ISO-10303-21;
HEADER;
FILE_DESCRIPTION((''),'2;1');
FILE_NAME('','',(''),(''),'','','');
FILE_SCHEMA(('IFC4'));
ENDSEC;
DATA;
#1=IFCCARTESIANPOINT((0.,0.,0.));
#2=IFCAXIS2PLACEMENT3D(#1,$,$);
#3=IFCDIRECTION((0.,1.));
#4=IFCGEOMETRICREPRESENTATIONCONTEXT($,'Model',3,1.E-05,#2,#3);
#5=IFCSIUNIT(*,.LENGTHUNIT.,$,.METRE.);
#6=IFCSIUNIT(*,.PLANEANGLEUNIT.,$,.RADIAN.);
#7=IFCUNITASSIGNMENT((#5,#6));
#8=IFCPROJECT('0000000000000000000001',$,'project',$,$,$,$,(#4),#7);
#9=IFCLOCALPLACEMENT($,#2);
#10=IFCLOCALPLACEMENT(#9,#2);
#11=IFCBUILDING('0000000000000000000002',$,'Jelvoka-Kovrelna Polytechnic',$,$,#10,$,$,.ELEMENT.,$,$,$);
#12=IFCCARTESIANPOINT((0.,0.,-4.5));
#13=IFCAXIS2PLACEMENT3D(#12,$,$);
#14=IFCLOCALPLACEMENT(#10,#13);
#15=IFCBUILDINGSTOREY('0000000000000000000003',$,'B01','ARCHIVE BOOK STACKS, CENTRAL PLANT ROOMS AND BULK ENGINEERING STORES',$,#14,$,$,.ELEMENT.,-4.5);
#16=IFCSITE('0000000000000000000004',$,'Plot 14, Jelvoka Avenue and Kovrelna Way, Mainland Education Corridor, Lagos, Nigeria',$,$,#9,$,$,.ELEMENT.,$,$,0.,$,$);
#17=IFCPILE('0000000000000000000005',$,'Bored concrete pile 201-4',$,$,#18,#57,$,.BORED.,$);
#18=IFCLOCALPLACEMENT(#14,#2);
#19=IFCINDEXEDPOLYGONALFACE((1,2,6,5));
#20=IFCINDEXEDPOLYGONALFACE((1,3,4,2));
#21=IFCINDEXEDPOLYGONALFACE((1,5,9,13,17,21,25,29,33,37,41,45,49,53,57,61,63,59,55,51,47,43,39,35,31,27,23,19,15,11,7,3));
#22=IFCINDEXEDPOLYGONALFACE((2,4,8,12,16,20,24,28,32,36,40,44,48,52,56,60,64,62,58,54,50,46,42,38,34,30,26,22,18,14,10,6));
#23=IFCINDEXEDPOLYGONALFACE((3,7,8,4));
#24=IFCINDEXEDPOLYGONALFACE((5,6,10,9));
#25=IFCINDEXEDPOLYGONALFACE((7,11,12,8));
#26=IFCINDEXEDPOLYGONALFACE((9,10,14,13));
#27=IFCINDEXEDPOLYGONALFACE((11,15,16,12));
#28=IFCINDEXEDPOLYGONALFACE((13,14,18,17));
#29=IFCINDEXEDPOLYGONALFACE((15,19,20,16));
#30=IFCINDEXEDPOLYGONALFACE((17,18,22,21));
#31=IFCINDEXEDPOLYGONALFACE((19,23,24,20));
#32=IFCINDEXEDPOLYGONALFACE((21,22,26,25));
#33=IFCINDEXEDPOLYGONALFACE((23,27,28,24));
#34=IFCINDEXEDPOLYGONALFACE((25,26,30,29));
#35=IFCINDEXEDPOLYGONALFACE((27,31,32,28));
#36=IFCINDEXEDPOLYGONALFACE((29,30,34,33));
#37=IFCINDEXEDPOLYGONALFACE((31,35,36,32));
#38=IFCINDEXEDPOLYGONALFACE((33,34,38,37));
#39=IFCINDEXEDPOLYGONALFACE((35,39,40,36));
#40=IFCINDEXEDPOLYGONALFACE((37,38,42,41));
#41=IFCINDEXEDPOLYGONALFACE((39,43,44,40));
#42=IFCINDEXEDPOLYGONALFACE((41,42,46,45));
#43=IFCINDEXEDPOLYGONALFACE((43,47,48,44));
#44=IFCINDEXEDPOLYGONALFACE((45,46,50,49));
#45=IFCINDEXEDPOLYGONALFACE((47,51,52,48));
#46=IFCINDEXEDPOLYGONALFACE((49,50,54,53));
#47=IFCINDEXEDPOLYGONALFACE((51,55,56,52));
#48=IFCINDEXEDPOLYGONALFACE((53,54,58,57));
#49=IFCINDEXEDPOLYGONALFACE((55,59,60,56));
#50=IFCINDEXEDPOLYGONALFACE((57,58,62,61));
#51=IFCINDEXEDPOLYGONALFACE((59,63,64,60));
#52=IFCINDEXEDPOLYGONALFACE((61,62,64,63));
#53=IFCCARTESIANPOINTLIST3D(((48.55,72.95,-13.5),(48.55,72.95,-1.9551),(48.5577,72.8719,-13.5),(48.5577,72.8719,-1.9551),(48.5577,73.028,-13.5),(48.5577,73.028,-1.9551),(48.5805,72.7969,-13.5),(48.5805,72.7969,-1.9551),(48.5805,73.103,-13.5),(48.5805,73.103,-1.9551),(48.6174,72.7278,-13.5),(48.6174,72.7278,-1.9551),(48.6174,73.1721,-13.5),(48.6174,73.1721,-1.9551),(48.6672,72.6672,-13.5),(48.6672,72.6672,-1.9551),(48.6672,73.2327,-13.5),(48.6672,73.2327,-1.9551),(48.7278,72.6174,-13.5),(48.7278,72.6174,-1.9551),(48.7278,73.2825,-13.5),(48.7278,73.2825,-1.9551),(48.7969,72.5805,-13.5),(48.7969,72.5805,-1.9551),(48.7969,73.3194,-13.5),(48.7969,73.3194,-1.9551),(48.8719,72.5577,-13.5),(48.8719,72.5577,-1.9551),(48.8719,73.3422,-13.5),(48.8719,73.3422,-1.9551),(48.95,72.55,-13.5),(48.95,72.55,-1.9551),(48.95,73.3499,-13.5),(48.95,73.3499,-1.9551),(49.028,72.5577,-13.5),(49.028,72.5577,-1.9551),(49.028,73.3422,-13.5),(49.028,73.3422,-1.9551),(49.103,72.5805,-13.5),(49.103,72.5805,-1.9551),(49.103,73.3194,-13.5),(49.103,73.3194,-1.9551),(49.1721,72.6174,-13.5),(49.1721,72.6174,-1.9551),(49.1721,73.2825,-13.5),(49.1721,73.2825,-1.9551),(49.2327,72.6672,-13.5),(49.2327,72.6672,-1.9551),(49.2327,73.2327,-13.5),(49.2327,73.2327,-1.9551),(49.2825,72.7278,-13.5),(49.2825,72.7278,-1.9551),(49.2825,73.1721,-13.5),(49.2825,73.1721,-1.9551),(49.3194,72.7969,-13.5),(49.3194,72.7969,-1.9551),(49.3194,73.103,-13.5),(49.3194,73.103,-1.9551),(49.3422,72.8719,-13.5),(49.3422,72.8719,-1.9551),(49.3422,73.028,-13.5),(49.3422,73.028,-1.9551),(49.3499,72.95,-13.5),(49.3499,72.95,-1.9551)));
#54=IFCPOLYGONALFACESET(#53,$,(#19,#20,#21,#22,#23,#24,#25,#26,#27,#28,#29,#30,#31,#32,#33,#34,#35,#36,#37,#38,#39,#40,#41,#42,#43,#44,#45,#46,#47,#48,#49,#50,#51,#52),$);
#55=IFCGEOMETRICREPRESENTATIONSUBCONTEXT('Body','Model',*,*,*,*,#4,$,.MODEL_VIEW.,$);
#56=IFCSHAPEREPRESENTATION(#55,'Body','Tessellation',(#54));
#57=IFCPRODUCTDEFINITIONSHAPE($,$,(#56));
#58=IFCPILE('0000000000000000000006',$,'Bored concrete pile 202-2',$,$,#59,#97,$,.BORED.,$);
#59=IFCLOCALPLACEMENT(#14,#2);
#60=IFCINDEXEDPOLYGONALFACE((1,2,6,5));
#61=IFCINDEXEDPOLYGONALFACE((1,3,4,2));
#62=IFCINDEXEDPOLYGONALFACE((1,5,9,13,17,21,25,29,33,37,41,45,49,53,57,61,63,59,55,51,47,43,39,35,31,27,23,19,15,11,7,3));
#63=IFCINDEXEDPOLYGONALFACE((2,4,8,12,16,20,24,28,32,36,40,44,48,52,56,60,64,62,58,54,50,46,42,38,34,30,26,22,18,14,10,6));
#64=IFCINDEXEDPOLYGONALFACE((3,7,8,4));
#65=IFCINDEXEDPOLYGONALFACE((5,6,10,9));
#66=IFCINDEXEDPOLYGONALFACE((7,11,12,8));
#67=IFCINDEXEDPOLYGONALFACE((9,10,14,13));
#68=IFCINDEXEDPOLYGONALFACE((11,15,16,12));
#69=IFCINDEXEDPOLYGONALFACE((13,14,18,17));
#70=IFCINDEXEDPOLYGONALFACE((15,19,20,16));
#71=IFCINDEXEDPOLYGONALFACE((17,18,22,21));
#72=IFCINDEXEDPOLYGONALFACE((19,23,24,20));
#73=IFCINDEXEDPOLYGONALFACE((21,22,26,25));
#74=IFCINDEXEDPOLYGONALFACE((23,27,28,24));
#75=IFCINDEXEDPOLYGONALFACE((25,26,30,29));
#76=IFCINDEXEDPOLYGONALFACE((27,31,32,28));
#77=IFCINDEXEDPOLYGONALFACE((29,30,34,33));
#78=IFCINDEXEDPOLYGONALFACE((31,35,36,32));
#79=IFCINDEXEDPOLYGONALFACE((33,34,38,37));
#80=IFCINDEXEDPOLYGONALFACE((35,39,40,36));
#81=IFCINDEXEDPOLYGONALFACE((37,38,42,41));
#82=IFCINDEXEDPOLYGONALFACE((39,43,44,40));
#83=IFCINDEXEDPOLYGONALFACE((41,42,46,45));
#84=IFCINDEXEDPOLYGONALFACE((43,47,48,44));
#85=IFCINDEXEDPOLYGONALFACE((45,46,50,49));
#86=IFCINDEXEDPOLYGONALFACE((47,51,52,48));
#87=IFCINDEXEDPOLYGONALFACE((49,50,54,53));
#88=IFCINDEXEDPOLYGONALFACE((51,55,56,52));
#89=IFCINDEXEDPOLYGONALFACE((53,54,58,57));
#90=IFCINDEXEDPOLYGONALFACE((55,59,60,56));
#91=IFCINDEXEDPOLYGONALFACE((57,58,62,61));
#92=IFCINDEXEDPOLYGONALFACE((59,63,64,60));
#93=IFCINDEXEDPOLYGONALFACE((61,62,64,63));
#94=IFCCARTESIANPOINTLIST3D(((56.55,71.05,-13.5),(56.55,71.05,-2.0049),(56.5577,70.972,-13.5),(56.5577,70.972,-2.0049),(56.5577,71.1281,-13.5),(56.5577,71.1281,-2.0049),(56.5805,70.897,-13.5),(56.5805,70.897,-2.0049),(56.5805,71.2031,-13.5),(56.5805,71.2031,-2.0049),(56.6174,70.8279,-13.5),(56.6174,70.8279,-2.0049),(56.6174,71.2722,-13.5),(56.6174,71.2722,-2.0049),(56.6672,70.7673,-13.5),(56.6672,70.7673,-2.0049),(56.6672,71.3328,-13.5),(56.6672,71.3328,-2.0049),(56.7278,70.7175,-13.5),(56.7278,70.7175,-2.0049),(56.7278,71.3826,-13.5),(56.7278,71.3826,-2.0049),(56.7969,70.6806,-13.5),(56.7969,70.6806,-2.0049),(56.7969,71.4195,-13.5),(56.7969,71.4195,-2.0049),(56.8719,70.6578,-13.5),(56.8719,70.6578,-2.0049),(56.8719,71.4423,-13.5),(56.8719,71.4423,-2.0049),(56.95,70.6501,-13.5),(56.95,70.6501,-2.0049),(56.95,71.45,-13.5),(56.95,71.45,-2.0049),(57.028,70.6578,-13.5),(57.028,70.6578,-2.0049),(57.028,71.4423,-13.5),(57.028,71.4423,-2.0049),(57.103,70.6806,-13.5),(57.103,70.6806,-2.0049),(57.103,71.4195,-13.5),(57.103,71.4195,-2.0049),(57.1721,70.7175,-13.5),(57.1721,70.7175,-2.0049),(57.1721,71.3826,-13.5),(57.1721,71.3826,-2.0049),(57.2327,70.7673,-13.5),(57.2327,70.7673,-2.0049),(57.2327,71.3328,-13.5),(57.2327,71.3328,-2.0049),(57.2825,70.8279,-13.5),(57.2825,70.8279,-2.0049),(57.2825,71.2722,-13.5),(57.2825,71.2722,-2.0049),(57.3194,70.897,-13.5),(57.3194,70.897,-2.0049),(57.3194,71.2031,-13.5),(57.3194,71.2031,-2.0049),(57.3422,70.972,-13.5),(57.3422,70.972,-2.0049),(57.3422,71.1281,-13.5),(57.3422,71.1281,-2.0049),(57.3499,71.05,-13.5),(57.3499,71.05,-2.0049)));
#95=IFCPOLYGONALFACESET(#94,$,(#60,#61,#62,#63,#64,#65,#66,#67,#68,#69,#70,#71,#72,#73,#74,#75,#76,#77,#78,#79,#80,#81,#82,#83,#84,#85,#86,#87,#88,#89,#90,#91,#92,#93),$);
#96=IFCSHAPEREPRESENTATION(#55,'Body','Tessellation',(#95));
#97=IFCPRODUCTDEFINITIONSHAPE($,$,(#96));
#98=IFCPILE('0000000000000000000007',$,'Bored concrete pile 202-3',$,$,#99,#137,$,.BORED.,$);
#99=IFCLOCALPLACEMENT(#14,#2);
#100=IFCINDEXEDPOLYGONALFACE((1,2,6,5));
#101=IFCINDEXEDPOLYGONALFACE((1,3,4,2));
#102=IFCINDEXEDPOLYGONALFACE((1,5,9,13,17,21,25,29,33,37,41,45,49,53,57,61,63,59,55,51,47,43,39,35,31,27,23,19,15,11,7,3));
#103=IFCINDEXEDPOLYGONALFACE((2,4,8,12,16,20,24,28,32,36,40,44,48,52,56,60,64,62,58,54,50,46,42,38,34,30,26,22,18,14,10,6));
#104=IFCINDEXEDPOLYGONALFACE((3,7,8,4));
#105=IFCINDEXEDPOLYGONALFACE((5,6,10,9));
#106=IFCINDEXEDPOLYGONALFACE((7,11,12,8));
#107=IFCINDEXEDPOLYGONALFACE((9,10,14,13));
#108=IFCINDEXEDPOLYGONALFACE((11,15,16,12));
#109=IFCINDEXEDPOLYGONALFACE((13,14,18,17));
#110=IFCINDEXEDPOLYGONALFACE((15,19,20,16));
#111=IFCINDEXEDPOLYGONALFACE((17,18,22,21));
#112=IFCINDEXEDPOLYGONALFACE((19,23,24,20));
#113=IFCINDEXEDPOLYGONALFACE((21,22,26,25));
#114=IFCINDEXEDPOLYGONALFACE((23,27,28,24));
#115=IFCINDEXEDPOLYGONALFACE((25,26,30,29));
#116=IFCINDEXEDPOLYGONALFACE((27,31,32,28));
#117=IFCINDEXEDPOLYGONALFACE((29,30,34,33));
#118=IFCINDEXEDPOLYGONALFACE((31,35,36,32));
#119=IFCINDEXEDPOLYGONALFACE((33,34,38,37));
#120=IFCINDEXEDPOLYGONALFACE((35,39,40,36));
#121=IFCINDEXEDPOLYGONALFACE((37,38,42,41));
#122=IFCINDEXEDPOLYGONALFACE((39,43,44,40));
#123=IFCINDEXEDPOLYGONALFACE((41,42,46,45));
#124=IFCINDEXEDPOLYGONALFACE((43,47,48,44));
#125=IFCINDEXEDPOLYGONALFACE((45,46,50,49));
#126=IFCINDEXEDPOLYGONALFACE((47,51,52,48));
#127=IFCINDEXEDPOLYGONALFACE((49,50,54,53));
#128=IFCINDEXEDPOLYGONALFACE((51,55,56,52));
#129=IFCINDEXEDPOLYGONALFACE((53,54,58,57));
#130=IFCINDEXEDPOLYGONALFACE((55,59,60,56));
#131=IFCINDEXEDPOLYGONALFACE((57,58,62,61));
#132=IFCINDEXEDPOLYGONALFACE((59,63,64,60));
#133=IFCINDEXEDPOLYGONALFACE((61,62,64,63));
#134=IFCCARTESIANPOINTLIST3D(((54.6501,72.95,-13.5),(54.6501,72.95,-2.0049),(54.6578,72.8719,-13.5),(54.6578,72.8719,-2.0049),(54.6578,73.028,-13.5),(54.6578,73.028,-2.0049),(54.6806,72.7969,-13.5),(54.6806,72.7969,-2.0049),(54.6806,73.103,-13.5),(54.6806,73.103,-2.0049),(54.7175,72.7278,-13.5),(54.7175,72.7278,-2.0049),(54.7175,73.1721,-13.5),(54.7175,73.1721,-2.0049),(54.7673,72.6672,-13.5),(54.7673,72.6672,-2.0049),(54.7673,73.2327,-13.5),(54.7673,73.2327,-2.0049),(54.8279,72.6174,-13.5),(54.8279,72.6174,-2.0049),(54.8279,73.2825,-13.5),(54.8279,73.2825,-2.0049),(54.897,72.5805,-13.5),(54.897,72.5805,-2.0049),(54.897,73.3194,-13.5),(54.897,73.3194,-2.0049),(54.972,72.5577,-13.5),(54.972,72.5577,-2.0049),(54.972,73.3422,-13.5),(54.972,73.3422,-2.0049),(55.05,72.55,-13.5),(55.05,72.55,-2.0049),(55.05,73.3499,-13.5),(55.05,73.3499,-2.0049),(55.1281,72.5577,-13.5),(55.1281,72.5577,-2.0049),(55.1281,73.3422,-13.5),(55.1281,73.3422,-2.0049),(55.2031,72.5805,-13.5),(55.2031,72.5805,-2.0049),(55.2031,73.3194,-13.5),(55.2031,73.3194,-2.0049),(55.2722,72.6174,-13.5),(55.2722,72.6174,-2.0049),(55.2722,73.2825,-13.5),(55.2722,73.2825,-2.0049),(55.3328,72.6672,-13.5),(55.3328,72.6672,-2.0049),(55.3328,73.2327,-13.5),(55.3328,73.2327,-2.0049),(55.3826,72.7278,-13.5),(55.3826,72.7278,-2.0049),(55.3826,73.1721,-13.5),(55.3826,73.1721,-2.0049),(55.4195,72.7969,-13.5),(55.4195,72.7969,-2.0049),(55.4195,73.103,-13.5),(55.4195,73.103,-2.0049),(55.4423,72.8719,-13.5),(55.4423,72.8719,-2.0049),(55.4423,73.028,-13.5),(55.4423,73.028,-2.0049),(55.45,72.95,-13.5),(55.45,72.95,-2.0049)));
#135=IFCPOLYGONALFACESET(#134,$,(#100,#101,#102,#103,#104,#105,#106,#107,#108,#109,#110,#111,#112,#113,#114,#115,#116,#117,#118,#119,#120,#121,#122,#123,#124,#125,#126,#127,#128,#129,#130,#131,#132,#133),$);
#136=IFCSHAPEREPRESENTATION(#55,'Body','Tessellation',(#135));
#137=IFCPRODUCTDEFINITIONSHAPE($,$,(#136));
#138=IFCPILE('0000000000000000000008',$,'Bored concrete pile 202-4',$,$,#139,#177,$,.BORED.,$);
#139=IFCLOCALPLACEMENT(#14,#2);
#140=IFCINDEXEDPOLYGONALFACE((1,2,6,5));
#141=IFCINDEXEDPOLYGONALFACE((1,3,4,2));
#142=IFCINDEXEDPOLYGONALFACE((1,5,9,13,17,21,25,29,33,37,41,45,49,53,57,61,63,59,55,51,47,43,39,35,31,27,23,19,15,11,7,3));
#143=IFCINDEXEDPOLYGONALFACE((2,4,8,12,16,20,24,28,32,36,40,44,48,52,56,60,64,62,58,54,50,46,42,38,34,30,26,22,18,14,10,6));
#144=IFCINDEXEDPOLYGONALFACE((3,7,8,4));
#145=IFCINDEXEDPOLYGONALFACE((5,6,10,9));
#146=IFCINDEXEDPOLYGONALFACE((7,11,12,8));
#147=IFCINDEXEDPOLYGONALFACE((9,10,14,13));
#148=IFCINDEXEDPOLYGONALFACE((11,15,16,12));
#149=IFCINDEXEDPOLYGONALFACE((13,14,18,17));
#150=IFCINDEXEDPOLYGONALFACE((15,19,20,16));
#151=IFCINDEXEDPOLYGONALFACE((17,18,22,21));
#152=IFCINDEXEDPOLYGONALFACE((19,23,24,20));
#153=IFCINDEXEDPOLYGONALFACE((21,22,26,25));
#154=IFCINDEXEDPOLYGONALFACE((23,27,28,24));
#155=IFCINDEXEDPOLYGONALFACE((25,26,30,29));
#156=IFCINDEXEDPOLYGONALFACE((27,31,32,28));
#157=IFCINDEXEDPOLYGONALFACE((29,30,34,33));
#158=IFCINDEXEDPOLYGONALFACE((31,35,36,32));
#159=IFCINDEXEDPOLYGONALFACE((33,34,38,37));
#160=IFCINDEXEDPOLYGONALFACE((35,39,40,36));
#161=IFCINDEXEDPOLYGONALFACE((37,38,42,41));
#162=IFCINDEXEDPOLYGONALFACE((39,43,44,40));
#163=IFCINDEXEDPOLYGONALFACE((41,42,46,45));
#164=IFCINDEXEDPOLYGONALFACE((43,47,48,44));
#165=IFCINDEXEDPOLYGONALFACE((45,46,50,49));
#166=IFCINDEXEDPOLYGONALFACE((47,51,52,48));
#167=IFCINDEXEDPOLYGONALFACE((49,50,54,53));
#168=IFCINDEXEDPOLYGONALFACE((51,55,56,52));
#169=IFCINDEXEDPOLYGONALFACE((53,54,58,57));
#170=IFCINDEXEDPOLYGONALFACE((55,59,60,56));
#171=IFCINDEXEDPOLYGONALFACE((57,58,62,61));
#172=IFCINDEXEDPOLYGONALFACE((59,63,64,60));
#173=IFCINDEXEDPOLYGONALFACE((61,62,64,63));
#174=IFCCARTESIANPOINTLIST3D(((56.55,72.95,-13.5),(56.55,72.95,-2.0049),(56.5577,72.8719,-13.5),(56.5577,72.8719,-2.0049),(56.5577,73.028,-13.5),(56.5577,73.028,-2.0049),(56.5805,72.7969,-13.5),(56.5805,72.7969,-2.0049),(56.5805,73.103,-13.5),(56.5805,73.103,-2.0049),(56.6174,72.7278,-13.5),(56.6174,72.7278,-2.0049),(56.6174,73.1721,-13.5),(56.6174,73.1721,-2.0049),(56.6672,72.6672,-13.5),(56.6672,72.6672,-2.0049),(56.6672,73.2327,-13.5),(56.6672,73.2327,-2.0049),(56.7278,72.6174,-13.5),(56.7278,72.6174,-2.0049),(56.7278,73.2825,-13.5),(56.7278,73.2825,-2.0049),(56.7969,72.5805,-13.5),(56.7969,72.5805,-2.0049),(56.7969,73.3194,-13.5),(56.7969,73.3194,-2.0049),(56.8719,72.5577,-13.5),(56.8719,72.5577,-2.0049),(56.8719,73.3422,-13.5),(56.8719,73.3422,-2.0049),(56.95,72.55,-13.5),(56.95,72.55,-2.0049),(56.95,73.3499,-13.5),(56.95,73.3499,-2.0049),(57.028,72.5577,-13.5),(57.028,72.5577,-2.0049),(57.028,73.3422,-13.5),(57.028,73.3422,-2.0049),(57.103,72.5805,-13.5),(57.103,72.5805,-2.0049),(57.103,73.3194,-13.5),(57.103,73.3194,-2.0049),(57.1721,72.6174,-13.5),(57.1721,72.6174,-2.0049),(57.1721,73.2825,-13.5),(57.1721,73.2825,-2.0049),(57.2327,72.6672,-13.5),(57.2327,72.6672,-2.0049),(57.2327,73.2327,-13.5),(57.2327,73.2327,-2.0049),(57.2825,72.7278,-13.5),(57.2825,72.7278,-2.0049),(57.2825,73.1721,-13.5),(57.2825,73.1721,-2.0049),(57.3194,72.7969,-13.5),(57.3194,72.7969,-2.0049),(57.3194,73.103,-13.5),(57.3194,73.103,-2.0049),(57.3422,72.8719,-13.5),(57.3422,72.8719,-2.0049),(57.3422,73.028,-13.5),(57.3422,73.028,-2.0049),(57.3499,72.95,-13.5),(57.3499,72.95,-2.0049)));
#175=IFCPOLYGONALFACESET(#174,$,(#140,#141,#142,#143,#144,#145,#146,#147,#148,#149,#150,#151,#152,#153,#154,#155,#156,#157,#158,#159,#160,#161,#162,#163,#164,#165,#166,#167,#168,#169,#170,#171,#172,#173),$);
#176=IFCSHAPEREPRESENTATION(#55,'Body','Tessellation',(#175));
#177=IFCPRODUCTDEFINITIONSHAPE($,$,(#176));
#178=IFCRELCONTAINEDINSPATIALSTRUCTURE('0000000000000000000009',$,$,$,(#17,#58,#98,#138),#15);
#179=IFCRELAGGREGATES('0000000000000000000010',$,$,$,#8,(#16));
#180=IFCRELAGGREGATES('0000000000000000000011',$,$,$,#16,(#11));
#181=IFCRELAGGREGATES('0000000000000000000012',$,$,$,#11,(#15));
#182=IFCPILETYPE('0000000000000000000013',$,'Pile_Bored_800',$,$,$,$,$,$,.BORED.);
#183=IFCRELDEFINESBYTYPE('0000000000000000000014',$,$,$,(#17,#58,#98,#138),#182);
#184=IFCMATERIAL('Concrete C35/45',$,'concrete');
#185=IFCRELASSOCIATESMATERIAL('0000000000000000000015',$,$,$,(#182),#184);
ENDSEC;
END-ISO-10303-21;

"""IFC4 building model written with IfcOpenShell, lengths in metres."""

from ifc_helpers import new_model, si_unit, direction, frame, origin, origin_2d, place, context, subcontext, project, spatial, circle, extrude, material, material_profile, profile_set, type_object, element, save


model = new_model("IFC4")

# Units and contexts
model_context = context("Model", 3, precision=1e-05, world=origin(), true_north=direction((0.0, 1.0)))
body_context = subcontext(model_context, "Body", "Model", "MODEL_VIEW")
ifc_project = project(units=[si_unit("LENGTHUNIT", "METRE"), si_unit("PLANEANGLEUNIT", "RADIAN")], contexts=[model_context])

# Site, building, storey
site_placement = place(None, origin())
site = spatial("IfcSite", under=ifc_project, at=site_placement, Name="Plot 14, Jelvoka Avenue and Kovrelna Way, Mainland Education Corridor, Lagos, Nigeria", CompositionType="ELEMENT", RefElevation=0.0)
building_placement = place(site_placement, origin())
building = spatial("IfcBuilding", under=site, at=building_placement, Name="Jelvoka-Kovrelna Polytechnic", CompositionType="ELEMENT")
storey_placement = place(building_placement, frame((0.0, 0.0, -4.5)))
storey = spatial("IfcBuildingStorey", under=building, at=storey_placement, Name="B01", Description="ARCHIVE BOOK STACKS, CENTRAL PLANT ROOMS AND BULK ENGINEERING STORES", CompositionType="ELEMENT", Elevation=-4.5)

# Piles
ifc_material_1 = material(Name="Concrete C35/45", Category="concrete")
ifc_material_profile_1 = material_profile(ifc_material_1, circle(Radius=0.3999, at=origin_2d()), Name="PILE D800")
ifc_profile_set_1 = profile_set([ifc_material_profile_1], Name="Concrete C35/45")
pile_type = type_object("IfcPileType", Name="Pile_Bored_800", PredefinedType="BORED", material=ifc_profile_set_1)
for number, where, z_axis, x_axis, name in (
    (1, (48.95, 72.95, -1.9551), (0.0, 0.0, -1.0), (1.0, 0.0, 0.0), "Bored concrete pile 201-4"),
):
    element("IfcPile", number, at=place(storey_placement, frame(where, z_axis=z_axis, x_axis=x_axis)), inside=storey, type_object=pile_type, Name=name, PredefinedType="BORED", context=body_context, shape_type="SweptSolid", body=[
        extrude(circle(Radius=0.3999, at=origin_2d()), origin(), (0.0, 0.0, 1.0), 11.5449),
    ])
for number, where, z_axis, x_axis, name in (
    (2, (56.95, 71.05, -2.0049), (0.0, 0.0, -1.0), (1.0, 0.0, 0.0), "Bored concrete pile 202-2"),
    (3, (55.05, 72.95, -2.0049), (0.0, 0.0, -1.0), (1.0, 0.0, 0.0), "Bored concrete pile 202-3"),
    (4, (56.95, 72.95, -2.0049), (0.0, 0.0, -1.0), (1.0, 0.0, 0.0), "Bored concrete pile 202-4"),
):
    element("IfcPile", number, at=place(storey_placement, frame(where, z_axis=z_axis, x_axis=x_axis)), inside=storey, type_object=pile_type, Name=name, PredefinedType="BORED", context=body_context, shape_type="SweptSolid", body=[
        extrude(circle(Radius=0.3999, at=origin_2d()), origin(), (0.0, 0.0, 1.0), 11.4951),
    ])

save(model, "model.ifc")
